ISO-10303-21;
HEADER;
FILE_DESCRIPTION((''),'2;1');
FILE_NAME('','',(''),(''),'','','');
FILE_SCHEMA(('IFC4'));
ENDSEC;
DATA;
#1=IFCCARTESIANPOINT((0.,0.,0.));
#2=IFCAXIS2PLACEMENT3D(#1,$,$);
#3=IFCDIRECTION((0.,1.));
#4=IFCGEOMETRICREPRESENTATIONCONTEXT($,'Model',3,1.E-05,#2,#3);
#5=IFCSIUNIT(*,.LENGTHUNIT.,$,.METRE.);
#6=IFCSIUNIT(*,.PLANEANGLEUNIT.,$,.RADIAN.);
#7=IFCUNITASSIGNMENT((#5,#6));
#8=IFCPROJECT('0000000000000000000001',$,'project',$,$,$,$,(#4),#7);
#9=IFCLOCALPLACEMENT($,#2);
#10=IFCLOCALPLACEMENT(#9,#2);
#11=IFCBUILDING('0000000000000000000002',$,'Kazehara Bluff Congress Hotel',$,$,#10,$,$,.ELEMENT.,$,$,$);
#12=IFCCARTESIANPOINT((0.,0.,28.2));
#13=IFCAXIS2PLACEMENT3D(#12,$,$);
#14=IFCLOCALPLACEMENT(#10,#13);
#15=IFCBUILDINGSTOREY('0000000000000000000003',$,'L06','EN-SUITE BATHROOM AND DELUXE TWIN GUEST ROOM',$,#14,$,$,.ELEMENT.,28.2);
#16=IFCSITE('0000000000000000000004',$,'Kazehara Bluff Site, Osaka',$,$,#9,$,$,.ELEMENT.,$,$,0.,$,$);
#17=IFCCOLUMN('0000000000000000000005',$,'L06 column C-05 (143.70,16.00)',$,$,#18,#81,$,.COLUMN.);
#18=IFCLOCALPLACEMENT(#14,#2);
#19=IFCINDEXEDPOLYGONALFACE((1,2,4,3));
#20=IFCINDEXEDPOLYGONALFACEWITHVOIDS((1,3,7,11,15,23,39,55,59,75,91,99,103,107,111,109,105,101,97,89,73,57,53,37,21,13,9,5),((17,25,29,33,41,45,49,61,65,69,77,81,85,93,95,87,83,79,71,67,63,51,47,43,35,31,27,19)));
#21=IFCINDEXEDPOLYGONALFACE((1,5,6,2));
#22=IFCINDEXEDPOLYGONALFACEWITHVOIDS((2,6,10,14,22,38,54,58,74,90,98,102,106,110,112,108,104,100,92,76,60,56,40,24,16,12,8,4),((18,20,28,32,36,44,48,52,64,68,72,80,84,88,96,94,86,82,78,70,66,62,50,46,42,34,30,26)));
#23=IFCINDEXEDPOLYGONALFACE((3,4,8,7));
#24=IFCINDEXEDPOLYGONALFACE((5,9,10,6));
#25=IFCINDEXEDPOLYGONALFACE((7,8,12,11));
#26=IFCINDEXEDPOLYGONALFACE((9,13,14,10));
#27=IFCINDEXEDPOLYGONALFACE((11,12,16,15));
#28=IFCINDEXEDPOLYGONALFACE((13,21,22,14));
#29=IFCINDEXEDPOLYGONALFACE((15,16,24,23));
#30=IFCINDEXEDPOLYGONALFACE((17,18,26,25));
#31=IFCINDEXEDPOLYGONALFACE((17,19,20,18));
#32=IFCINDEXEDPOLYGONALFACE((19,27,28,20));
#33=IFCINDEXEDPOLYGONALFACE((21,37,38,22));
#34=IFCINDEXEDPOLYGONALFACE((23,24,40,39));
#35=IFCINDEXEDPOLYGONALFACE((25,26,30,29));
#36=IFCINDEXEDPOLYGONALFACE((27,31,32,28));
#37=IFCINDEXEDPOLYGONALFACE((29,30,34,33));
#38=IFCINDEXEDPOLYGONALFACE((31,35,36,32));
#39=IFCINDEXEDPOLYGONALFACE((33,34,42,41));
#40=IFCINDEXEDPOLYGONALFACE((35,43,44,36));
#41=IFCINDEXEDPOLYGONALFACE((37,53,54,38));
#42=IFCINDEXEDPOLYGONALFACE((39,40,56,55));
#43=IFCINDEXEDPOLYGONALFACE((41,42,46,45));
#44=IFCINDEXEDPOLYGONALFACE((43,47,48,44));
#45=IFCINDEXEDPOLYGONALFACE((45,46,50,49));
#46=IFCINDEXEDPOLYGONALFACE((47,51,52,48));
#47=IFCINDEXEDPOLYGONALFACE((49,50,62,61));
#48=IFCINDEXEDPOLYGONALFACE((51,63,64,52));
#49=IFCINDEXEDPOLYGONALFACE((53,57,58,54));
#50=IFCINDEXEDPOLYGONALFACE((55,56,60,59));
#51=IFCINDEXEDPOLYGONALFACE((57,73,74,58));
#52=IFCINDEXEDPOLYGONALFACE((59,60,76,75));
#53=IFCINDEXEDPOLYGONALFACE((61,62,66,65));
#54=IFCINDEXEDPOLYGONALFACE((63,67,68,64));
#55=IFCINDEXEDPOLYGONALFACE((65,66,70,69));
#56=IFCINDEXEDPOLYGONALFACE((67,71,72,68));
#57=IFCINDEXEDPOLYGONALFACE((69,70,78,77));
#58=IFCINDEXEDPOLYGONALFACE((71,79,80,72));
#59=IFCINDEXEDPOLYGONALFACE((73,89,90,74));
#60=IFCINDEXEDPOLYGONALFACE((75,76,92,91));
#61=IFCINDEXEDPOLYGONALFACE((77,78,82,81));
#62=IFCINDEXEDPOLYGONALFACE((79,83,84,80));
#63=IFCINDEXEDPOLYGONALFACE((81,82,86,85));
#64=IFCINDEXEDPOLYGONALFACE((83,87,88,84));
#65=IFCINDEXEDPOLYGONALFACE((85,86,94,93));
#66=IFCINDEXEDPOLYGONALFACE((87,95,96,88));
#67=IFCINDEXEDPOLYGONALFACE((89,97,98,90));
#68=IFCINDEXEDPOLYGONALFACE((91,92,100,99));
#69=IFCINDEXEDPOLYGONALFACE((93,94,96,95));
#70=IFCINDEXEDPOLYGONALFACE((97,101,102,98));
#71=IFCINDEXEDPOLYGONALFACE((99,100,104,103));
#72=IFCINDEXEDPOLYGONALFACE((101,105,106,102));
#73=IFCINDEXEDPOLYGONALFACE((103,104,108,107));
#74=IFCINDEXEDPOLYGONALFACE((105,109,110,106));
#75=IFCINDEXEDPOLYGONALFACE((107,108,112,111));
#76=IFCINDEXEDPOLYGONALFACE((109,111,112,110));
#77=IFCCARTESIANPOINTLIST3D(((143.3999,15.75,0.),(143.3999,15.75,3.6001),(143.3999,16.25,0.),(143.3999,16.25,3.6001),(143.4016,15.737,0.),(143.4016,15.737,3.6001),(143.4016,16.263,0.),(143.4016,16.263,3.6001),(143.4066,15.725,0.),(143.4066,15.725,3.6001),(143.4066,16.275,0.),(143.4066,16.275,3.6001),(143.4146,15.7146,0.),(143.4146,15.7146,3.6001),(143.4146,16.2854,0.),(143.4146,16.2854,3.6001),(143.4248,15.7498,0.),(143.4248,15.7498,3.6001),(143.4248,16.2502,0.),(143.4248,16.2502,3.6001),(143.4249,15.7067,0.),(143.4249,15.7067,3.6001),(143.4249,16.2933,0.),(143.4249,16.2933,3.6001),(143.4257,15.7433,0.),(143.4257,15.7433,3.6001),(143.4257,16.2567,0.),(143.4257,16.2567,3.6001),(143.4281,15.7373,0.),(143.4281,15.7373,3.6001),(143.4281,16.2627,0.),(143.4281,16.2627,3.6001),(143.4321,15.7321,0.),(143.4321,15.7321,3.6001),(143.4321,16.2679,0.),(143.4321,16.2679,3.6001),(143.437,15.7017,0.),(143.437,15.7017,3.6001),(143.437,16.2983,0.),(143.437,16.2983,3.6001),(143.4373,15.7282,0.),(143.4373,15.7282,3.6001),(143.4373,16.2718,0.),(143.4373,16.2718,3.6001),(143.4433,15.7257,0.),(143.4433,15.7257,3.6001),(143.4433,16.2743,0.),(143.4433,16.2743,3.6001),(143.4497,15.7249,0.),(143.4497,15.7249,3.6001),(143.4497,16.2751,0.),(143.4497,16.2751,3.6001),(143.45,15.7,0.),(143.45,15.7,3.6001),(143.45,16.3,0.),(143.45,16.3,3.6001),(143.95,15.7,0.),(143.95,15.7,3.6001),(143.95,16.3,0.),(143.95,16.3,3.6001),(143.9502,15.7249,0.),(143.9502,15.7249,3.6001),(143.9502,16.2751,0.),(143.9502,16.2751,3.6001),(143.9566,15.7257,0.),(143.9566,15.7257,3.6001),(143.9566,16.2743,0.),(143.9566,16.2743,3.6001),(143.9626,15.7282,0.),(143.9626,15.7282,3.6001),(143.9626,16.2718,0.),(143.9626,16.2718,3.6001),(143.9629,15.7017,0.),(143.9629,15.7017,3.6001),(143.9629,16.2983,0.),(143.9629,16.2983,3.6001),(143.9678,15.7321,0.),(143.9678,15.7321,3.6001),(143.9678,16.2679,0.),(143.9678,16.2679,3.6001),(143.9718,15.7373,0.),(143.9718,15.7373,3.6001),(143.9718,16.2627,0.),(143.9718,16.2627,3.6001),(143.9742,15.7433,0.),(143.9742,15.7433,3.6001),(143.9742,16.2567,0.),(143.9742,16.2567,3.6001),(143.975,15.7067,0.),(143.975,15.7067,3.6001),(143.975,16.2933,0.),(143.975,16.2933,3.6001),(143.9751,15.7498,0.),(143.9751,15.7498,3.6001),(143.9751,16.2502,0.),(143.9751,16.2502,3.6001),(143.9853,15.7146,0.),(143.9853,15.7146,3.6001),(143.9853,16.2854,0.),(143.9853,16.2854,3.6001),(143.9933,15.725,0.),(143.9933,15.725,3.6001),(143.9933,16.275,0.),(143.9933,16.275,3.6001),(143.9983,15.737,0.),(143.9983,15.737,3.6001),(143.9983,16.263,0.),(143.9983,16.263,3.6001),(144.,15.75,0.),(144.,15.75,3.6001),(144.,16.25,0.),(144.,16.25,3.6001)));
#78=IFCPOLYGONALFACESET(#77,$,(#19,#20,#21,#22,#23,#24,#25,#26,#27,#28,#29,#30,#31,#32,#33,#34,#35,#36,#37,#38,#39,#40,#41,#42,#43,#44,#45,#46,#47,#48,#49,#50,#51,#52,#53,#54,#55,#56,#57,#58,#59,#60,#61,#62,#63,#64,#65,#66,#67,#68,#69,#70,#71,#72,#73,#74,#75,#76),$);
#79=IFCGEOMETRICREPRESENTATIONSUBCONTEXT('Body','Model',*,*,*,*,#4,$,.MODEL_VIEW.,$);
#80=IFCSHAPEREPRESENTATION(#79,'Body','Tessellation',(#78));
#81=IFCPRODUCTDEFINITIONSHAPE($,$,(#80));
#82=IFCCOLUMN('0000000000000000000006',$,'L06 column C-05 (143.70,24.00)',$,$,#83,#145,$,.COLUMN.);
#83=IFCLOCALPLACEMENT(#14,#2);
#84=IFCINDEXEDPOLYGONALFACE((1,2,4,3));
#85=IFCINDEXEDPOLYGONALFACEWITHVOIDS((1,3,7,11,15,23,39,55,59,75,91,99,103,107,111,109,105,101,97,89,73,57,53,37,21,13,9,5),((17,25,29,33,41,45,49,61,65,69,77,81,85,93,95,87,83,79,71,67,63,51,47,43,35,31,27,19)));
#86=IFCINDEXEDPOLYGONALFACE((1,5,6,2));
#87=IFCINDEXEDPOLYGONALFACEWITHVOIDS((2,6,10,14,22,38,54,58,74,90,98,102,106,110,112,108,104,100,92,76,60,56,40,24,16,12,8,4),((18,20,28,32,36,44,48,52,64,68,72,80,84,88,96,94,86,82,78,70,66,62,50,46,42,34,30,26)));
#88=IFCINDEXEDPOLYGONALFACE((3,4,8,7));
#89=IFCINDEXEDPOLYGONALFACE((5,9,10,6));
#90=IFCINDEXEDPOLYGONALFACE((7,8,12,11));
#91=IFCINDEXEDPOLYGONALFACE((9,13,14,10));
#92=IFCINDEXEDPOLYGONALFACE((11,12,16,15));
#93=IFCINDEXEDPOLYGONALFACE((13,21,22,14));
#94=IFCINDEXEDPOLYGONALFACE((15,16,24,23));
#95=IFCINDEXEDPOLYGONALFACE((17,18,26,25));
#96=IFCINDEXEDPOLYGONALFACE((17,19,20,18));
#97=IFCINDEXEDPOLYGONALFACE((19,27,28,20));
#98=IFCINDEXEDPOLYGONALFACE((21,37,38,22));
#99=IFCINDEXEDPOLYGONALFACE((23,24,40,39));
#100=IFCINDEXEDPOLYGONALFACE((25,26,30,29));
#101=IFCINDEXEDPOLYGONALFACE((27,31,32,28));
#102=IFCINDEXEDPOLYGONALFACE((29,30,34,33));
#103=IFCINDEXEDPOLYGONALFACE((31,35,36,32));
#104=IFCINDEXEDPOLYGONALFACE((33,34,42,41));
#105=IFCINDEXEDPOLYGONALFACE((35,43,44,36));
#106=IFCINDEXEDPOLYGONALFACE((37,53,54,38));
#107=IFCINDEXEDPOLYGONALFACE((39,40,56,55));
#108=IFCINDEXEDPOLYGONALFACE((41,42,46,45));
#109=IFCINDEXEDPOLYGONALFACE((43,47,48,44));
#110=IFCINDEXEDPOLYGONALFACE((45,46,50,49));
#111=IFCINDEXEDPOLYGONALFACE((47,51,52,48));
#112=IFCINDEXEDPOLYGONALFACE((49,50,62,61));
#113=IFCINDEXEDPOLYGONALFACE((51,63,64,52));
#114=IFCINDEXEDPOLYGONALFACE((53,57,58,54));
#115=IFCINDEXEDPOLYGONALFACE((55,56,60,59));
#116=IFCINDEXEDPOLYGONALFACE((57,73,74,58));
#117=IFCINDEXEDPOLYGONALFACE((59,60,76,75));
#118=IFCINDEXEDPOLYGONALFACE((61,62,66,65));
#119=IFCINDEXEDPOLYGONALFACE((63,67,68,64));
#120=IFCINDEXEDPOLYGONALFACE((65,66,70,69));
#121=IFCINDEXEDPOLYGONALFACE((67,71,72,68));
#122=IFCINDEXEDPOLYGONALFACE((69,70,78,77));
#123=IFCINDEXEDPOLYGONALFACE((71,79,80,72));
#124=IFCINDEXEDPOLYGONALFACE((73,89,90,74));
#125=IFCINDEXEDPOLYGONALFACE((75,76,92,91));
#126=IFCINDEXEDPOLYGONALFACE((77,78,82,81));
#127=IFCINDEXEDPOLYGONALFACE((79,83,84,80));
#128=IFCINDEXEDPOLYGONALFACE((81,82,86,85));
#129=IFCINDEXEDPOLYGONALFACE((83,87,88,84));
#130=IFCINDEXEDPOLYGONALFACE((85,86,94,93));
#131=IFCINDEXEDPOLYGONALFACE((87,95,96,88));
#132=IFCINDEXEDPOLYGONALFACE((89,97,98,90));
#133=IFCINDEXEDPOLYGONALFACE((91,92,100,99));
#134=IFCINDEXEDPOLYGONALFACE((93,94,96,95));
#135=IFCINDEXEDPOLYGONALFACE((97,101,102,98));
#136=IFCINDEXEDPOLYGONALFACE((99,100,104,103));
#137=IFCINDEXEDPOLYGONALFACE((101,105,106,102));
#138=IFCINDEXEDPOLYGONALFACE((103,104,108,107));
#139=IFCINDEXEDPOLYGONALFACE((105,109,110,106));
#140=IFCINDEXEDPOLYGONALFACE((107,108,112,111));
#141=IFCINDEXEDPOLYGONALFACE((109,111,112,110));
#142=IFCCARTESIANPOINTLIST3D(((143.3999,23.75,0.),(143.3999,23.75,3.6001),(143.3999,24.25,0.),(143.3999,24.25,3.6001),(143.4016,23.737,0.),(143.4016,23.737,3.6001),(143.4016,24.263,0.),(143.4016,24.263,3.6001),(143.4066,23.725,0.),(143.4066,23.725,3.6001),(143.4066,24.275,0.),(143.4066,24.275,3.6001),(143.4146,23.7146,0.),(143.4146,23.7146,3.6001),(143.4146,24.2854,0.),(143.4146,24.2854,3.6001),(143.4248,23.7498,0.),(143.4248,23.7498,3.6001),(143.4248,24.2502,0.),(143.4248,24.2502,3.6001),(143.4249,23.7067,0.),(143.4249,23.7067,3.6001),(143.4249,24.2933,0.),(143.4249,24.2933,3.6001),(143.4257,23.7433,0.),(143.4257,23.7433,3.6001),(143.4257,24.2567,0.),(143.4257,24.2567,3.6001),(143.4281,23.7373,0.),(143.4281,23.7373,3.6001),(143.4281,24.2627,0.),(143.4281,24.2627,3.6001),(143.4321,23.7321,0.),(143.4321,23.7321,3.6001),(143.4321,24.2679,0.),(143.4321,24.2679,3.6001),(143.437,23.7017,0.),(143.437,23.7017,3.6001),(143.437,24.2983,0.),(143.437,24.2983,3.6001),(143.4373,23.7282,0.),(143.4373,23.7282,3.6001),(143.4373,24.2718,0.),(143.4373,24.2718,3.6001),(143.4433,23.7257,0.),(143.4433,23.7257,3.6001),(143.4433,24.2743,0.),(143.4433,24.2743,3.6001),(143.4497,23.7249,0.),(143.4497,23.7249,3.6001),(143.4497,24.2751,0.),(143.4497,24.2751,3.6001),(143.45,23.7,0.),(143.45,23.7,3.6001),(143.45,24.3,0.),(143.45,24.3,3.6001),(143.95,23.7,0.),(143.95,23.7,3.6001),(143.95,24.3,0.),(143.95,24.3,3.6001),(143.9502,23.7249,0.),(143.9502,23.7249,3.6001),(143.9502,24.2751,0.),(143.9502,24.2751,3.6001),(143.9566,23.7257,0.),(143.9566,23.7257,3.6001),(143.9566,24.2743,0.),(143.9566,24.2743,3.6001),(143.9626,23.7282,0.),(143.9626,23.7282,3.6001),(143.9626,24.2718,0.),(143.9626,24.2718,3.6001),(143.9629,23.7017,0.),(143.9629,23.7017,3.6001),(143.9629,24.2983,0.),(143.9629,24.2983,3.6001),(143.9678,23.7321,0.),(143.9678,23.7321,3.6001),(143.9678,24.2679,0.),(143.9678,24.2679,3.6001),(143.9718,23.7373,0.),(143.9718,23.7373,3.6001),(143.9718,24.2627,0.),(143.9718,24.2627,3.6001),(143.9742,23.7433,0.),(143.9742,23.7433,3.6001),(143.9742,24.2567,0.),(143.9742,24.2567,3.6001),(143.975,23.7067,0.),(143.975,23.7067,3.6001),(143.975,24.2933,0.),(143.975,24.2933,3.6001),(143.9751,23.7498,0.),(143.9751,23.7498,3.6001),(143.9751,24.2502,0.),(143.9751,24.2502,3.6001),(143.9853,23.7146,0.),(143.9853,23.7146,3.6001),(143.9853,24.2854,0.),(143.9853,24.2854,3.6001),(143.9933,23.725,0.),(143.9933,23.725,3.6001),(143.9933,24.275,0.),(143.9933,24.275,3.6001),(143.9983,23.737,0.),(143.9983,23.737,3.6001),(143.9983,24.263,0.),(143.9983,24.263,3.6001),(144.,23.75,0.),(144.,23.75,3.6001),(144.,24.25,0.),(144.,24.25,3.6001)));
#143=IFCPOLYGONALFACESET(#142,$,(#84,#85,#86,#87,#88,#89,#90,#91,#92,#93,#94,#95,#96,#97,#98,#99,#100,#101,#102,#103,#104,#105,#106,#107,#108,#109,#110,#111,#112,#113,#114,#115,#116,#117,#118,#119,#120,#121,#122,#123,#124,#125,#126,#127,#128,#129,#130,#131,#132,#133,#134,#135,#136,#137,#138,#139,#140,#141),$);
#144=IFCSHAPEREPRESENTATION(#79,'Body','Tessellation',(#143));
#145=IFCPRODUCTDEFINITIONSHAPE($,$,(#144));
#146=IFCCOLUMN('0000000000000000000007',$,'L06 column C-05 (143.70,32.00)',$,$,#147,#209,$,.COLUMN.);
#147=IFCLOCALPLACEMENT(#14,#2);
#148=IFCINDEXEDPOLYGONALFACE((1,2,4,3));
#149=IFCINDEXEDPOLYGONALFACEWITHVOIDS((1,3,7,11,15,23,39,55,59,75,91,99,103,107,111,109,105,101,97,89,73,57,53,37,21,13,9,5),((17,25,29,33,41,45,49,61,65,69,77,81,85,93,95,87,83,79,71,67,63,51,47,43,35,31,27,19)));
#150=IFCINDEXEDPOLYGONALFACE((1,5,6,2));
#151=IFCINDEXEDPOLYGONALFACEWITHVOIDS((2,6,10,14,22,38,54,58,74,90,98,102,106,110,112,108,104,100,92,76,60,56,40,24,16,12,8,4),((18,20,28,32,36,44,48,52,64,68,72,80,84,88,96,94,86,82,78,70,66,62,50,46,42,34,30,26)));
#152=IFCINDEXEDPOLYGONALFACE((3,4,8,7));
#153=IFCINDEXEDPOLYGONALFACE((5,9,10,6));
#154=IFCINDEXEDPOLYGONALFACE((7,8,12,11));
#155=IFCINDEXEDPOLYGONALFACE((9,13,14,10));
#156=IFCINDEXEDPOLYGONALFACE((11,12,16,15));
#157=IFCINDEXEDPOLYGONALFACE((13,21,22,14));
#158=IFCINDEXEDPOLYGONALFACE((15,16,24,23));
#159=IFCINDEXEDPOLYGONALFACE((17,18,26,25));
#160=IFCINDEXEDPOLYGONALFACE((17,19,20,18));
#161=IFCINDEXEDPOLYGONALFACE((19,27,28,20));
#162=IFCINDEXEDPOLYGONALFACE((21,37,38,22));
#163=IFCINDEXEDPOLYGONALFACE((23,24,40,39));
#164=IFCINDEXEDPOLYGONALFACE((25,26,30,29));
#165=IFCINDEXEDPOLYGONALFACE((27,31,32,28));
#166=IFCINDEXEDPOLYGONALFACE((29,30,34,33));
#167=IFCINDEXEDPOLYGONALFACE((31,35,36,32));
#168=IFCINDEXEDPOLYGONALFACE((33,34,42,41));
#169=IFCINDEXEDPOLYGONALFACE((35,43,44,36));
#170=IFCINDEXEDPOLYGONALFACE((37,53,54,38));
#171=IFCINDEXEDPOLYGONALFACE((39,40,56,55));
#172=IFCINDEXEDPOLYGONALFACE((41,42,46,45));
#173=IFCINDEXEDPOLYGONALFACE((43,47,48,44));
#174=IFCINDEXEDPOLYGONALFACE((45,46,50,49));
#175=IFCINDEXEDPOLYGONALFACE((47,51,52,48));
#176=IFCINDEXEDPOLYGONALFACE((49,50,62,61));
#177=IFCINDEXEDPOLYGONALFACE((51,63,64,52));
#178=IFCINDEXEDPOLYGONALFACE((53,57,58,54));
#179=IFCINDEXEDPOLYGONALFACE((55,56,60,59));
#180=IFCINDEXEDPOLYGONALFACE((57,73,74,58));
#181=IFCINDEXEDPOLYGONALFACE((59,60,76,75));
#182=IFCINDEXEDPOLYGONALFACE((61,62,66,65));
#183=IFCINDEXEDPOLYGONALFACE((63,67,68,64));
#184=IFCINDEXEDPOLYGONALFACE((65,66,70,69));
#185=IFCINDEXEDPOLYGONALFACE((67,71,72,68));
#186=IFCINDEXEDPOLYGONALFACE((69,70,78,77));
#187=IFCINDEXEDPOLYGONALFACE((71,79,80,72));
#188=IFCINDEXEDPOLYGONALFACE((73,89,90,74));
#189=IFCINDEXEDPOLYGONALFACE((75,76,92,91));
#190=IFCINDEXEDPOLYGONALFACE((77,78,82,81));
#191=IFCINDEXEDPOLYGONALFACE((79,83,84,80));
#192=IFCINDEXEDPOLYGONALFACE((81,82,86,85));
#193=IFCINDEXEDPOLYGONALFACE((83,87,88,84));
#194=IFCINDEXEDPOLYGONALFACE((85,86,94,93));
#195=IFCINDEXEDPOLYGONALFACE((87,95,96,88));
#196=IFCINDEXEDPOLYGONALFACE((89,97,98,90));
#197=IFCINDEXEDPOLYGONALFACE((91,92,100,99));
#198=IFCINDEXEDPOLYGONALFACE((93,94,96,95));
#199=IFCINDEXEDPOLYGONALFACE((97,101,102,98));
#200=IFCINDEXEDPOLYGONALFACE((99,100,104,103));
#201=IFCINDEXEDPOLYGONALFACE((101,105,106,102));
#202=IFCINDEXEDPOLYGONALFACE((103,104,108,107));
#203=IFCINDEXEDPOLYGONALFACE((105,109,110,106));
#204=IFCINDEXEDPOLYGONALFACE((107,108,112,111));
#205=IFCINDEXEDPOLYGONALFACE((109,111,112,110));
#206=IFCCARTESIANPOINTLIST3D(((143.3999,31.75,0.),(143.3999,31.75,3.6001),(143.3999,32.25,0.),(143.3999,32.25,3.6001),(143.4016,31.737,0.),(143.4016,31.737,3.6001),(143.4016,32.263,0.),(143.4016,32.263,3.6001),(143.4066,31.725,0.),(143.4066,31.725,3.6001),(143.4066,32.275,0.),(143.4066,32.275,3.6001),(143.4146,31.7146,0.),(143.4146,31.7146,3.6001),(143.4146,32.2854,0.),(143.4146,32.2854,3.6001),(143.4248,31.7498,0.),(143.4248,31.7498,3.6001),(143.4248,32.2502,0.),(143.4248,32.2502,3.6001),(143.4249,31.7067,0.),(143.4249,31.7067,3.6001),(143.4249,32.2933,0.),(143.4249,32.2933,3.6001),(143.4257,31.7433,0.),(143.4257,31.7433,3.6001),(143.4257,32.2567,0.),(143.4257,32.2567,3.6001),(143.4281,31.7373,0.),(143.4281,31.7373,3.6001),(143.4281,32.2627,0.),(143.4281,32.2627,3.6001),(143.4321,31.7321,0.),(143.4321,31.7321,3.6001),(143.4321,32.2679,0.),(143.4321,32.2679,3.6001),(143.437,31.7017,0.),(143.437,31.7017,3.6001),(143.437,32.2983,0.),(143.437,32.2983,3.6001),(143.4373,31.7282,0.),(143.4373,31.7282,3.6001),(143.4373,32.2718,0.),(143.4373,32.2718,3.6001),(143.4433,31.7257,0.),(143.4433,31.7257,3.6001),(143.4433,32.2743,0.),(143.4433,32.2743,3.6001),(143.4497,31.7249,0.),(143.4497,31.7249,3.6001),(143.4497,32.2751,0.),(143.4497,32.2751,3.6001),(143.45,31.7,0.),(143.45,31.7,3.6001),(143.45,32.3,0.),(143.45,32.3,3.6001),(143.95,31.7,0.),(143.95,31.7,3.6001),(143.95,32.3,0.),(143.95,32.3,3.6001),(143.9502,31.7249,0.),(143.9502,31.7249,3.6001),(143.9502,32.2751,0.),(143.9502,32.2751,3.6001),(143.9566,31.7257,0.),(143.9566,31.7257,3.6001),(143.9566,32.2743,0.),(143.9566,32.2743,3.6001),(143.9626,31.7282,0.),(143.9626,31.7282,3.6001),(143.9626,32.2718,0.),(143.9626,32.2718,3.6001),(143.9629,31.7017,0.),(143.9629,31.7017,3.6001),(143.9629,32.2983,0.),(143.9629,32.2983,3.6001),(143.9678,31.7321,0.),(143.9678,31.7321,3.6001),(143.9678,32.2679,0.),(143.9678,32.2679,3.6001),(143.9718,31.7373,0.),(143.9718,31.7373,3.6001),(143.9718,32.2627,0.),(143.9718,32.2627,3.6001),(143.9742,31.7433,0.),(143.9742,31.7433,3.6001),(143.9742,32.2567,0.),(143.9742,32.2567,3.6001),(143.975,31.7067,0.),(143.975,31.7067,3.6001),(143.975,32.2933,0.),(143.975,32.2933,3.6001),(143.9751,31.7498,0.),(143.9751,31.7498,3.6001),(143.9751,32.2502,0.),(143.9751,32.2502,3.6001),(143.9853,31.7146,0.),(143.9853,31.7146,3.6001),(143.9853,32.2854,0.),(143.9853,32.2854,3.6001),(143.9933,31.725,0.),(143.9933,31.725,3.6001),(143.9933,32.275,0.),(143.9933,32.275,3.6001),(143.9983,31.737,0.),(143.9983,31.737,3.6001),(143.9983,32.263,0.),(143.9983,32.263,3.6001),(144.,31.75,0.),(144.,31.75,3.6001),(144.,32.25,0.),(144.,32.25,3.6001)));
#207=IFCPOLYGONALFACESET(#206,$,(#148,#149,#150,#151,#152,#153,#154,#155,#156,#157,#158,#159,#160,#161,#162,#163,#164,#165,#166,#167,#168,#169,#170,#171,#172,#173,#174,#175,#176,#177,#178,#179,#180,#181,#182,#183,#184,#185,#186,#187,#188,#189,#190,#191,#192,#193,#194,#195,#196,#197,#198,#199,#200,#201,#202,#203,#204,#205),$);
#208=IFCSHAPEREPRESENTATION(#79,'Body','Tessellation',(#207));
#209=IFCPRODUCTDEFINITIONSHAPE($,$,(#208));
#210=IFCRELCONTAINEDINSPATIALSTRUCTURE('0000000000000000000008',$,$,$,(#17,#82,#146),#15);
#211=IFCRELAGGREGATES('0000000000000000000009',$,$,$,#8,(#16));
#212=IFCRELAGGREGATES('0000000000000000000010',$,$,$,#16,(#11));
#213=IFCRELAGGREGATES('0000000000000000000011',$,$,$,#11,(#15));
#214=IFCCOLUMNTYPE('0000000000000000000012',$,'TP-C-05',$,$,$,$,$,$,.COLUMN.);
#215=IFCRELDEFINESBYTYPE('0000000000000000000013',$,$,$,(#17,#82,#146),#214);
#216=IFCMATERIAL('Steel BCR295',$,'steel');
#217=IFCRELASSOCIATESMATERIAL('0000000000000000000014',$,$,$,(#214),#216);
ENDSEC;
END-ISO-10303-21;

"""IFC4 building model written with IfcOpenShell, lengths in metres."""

from ifc_helpers import new_model, si_unit, direction, frame, origin, origin_2d, place, context, subcontext, project, spatial, hollow_rectangle, extrude, material, material_profile, profile_set, type_object, element, save


model = new_model("IFC4")

# Units and contexts
model_context = context("Model", 3, precision=1e-05, world=origin(), true_north=direction((0.0, 1.0)))
body_context = subcontext(model_context, "Body", "Model", "MODEL_VIEW")
ifc_project = project(units=[si_unit("LENGTHUNIT", "METRE"), si_unit("PLANEANGLEUNIT", "RADIAN")], contexts=[model_context])

# Site, building, storey
site_placement = place(None, origin())
site = spatial("IfcSite", under=ifc_project, at=site_placement, Name="Kazehara Bluff Site, Osaka", CompositionType="ELEMENT", RefElevation=0.0)
building_placement = place(site_placement, origin())
building = spatial("IfcBuilding", under=site, at=building_placement, Name="Kazehara Bluff Congress Hotel", CompositionType="ELEMENT")
storey_placement = place(building_placement, frame((0.0, 0.0, 28.2)))
storey = spatial("IfcBuildingStorey", under=building, at=storey_placement, Name="L06", Description="EN-SUITE BATHROOM AND DELUXE TWIN GUEST ROOM", CompositionType="ELEMENT", Elevation=28.2)

# Columns
ifc_material_1 = material(Name="Steel BCR295", Category="steel")
ifc_material_profile_1 = material_profile(ifc_material_1, hollow_rectangle(XDim=0.6001, YDim=0.6001, WallThickness=0.0249, InnerFilletRadius=0.0249, OuterFilletRadius=0.05, at=origin_2d()))
ifc_profile_set_1 = profile_set([ifc_material_profile_1], Name="Steel BCR295")
column_type = type_object("IfcColumnType", Name="TP-C-05", PredefinedType="COLUMN", material=ifc_profile_set_1)
for number, where, z_axis, x_axis, name in (
    (1, (143.7, 16.0, 0.0), (0.0, 0.0, 1.0), (1.0, 0.0, 0.0), "L06 column C-05 (143.70,16.00)"),
    (2, (143.7, 24.0, 0.0), (0.0, 0.0, 1.0), (1.0, 0.0, 0.0), "L06 column C-05 (143.70,24.00)"),
    (3, (143.7, 32.0, 0.0), (0.0, 0.0, 1.0), (1.0, 0.0, 0.0), "L06 column C-05 (143.70,32.00)"),
):
    element("IfcColumn", number, at=place(storey_placement, frame(where, z_axis=z_axis, x_axis=x_axis)), inside=storey, type_object=column_type, Name=name, PredefinedType="COLUMN", context=body_context, shape_type="SweptSolid", body=[
        extrude(hollow_rectangle(XDim=0.6001, YDim=0.6001, WallThickness=0.0249, InnerFilletRadius=0.0249, OuterFilletRadius=0.05, at=origin_2d()), origin(), (0.0, 0.0, 1.0), 3.6001),
    ])

save(model, "model.ifc")
